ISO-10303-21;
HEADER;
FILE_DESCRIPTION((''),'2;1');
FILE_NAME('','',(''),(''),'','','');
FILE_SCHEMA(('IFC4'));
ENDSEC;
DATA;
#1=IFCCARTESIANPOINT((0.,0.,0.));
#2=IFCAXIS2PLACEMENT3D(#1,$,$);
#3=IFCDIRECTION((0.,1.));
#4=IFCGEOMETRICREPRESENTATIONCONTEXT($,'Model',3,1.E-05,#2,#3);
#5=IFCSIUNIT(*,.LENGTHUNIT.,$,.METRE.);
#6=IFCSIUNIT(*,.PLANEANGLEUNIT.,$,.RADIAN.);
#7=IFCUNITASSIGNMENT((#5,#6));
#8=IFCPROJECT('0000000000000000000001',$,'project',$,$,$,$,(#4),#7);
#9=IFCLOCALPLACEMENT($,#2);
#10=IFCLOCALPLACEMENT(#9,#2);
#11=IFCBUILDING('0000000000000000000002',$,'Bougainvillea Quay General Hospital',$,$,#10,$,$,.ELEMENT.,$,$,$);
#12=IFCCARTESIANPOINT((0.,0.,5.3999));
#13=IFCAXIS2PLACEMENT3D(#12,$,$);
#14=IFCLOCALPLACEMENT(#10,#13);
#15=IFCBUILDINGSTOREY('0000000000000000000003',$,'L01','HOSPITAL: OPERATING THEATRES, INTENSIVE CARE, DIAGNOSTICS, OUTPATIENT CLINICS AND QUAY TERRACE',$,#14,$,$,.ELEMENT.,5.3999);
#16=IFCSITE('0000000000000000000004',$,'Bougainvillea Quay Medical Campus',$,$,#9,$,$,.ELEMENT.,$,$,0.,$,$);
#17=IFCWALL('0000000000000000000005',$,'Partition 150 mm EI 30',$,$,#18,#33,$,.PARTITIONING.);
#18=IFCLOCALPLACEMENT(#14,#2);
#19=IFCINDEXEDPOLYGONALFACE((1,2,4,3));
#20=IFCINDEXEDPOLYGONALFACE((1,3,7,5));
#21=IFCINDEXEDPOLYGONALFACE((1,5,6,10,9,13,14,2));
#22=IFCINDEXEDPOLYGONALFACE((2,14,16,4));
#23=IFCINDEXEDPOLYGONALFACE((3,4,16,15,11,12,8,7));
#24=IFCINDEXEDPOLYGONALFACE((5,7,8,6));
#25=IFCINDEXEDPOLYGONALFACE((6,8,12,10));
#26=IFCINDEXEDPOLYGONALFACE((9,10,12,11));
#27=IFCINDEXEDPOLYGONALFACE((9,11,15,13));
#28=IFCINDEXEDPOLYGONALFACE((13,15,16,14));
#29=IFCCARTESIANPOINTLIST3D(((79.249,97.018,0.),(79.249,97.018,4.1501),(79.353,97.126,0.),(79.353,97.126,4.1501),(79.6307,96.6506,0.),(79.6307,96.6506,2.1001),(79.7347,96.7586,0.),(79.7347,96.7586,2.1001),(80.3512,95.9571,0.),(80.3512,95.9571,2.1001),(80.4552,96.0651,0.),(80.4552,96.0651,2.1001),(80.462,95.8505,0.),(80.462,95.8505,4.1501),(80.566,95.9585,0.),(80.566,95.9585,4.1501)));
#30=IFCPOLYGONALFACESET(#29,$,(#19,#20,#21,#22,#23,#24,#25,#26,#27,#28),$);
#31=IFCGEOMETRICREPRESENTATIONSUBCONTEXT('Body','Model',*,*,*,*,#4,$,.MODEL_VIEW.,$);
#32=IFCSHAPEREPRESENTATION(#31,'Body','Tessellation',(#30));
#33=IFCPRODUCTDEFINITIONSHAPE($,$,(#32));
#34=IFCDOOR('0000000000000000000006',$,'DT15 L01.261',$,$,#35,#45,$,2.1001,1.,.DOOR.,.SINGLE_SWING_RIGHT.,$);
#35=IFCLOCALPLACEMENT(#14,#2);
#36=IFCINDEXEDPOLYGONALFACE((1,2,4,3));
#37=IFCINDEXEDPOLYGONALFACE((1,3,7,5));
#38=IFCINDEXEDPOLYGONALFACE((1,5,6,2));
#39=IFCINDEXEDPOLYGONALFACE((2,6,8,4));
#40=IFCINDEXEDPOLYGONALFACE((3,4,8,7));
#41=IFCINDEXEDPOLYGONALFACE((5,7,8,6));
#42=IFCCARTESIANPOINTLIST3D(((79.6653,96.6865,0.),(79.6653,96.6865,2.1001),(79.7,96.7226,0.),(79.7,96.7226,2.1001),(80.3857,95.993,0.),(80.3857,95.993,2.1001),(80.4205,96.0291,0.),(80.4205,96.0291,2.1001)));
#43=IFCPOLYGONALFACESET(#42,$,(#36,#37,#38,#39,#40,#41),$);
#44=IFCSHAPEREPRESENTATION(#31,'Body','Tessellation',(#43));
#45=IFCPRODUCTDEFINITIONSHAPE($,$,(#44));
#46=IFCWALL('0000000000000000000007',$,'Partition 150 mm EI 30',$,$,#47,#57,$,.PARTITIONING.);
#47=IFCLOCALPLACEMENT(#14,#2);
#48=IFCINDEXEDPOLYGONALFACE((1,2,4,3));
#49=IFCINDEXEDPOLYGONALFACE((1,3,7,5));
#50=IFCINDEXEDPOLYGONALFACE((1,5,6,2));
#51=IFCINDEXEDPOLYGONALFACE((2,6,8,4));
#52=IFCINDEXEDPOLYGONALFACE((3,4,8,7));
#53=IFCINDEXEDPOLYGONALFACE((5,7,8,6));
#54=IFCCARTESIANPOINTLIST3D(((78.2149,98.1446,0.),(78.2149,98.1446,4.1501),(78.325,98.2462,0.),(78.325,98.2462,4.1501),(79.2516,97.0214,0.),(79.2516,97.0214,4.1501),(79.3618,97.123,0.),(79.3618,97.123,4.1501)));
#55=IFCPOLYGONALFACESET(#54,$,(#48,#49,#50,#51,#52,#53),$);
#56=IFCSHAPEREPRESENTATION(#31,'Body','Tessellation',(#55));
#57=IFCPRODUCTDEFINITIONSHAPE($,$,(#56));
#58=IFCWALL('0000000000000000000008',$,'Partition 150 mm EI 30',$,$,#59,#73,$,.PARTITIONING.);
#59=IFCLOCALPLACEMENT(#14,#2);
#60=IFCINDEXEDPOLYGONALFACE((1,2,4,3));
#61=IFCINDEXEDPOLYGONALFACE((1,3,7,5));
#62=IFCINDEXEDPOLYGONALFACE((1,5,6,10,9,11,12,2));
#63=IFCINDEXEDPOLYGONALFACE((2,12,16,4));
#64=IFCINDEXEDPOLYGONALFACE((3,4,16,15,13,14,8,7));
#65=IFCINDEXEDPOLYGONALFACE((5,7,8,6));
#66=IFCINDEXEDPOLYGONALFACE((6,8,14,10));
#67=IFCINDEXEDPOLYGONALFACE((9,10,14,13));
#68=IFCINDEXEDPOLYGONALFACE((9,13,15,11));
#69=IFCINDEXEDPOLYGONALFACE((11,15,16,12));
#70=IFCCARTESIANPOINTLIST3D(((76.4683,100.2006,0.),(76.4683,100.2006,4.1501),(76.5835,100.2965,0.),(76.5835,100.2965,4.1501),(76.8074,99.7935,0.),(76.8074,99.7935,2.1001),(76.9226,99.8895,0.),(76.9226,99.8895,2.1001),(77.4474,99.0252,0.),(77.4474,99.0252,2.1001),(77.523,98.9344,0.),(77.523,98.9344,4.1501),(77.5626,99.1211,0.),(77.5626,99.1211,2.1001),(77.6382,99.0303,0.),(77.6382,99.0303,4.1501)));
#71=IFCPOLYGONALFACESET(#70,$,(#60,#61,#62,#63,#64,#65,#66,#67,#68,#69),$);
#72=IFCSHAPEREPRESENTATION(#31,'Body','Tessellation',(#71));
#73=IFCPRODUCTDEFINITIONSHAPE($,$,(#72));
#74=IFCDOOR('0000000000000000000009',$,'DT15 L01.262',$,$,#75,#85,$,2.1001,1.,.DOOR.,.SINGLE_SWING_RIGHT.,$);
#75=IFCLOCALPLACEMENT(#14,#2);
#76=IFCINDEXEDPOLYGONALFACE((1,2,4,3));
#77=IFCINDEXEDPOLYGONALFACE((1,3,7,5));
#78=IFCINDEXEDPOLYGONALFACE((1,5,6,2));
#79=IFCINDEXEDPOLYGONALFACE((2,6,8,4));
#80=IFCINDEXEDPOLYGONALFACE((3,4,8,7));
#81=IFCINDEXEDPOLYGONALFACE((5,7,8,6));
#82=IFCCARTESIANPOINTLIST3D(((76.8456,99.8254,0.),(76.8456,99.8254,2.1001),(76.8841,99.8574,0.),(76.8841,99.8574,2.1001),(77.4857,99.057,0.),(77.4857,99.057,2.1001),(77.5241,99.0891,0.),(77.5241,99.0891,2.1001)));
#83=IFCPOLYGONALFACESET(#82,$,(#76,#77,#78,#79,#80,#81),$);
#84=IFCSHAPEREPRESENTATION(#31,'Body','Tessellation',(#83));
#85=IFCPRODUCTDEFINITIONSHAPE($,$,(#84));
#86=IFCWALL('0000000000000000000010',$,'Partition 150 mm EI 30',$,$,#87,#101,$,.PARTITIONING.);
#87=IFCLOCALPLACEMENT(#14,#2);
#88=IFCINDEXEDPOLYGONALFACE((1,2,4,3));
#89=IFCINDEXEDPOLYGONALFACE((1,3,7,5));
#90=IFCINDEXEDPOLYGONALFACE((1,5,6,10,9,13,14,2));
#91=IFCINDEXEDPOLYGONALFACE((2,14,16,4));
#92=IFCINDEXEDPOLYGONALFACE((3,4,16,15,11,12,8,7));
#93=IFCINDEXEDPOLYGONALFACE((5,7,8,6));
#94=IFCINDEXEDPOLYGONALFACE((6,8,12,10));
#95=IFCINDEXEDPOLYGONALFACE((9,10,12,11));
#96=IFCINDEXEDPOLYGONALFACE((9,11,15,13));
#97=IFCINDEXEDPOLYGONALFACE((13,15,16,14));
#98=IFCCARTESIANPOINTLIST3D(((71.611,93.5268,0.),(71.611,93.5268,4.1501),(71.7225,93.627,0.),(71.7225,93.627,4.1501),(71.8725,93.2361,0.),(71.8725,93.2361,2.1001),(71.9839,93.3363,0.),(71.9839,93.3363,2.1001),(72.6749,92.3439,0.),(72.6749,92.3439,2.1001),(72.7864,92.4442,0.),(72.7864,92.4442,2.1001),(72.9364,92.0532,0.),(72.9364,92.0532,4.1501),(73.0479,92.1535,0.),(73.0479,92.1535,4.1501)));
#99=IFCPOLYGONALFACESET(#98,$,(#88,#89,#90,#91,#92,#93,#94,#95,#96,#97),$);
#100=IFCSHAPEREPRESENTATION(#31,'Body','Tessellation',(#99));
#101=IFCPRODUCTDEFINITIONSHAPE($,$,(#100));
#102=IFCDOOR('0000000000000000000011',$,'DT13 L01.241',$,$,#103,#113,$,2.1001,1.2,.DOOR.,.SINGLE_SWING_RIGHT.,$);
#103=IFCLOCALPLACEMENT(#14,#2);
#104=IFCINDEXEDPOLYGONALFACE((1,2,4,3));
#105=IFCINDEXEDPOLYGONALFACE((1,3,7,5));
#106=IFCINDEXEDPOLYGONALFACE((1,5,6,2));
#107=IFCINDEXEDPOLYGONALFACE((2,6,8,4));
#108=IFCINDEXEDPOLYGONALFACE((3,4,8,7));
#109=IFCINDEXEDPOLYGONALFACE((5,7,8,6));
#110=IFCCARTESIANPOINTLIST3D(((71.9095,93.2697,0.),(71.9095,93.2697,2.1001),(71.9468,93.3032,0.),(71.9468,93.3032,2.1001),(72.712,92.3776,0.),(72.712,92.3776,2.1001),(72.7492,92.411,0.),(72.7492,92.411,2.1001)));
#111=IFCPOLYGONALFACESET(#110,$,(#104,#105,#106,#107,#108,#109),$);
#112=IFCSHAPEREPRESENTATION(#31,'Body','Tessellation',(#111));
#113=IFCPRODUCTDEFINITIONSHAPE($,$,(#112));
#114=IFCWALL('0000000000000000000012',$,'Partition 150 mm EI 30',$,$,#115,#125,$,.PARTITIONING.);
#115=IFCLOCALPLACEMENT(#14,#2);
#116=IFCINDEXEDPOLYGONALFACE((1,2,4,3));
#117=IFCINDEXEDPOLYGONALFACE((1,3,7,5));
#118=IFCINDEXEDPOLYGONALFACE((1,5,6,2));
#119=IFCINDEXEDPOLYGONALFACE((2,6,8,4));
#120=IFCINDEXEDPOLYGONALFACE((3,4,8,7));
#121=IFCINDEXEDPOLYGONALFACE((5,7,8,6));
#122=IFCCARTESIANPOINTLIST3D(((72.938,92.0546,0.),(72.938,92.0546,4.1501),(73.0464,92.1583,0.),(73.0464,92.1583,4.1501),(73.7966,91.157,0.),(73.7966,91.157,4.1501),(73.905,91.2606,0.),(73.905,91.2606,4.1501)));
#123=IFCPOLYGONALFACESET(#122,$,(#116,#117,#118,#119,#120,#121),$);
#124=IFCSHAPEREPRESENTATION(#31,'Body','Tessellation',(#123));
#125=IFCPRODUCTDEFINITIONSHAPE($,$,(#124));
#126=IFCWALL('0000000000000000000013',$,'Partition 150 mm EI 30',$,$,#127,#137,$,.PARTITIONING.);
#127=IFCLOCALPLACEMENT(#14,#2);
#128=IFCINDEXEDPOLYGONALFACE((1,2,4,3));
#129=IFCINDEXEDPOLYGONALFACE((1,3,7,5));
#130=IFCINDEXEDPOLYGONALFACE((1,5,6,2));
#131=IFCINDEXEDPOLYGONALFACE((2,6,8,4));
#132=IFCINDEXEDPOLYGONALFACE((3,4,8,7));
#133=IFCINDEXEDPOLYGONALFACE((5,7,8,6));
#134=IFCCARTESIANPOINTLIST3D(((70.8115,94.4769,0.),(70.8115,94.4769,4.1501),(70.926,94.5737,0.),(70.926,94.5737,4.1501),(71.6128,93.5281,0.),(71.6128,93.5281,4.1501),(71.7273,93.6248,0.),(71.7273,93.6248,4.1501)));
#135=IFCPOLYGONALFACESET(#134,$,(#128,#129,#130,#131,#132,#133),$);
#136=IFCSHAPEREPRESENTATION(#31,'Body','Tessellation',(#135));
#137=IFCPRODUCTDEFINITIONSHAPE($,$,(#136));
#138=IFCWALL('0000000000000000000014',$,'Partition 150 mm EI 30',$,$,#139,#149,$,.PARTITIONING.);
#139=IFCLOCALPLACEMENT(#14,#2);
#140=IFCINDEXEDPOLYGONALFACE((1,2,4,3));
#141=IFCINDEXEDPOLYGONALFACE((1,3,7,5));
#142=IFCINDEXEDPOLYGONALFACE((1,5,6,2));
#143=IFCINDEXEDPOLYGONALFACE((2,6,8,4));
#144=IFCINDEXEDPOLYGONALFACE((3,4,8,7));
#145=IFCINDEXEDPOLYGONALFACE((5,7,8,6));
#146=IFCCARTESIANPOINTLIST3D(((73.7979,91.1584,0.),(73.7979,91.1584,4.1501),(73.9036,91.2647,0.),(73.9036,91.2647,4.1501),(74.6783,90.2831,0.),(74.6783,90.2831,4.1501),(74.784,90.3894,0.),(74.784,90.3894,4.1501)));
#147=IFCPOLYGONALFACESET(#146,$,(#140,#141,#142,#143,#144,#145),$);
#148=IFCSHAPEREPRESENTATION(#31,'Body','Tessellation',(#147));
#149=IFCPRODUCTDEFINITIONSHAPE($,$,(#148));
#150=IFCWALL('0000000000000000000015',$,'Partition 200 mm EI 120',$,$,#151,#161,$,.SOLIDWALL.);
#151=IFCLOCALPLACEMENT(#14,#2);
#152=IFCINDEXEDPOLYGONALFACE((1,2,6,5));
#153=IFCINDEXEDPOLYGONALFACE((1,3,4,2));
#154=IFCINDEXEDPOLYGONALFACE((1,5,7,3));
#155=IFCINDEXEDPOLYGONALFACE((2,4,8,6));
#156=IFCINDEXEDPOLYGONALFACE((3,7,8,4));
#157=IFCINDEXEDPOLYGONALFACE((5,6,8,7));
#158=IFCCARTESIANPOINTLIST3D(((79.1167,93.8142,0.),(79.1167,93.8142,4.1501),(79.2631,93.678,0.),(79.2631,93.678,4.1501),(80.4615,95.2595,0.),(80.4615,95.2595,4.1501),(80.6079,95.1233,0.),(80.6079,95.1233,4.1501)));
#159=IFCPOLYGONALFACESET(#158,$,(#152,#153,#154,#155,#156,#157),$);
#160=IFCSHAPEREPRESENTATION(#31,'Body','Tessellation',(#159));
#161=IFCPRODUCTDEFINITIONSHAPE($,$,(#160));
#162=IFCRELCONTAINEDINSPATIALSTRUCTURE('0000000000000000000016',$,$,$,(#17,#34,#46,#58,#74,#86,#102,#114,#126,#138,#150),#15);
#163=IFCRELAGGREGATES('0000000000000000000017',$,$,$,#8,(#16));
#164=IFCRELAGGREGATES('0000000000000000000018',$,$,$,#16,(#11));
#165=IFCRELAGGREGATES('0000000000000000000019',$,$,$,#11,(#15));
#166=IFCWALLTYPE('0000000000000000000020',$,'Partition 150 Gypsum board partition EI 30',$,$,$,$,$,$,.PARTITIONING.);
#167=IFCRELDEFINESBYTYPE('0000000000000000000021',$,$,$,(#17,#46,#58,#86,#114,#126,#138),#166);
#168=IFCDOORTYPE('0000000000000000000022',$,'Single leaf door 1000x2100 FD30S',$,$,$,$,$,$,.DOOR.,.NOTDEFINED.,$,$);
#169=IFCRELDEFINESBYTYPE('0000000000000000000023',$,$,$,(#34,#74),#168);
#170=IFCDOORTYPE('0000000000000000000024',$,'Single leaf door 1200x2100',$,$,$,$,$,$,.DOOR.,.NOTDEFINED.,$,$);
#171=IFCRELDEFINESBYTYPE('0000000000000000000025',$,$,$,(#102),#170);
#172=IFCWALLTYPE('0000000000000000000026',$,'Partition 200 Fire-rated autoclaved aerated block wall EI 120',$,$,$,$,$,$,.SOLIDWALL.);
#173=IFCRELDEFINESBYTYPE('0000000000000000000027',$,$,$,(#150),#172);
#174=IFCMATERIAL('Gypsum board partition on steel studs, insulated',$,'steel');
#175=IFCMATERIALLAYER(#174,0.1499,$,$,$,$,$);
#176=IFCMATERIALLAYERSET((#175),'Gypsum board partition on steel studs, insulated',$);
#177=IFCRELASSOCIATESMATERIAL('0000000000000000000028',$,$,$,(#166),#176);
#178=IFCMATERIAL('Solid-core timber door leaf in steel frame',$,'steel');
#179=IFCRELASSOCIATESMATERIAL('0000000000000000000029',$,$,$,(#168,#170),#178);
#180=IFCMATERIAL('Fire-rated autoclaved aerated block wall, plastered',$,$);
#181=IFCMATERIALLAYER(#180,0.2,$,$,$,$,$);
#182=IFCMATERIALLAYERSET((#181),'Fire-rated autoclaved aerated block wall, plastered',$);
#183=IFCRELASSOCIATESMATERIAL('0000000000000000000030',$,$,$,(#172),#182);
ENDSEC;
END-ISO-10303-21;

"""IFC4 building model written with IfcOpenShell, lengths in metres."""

from ifc_helpers import new_model, si_unit, direction, frame, frame_2d, origin, place, context, subcontext, project, spatial, rectangle, extrude, material, layer, layer_set, type_object, element, fill, save


model = new_model("IFC4")

# Units and contexts
model_context = context("Model", 3, precision=1e-05, world=origin(), true_north=direction((0.0, 1.0)))
body_context = subcontext(model_context, "Body", "Model", "MODEL_VIEW")
ifc_project = project(units=[si_unit("LENGTHUNIT", "METRE"), si_unit("PLANEANGLEUNIT", "RADIAN")], contexts=[model_context])

# Site, building, storey
site_placement = place(None, origin())
site = spatial("IfcSite", under=ifc_project, at=site_placement, Name="Bougainvillea Quay Medical Campus", CompositionType="ELEMENT", RefElevation=0.0)
building_placement = place(site_placement, origin())
building = spatial("IfcBuilding", under=site, at=building_placement, Name="Bougainvillea Quay General Hospital", CompositionType="ELEMENT")
storey_placement = place(building_placement, frame((0.0, 0.0, 5.3999)))
storey = spatial("IfcBuildingStorey", under=building, at=storey_placement, Name="L01", Description="HOSPITAL: OPERATING THEATRES, INTENSIVE CARE, DIAGNOSTICS, OUTPATIENT CLINICS AND QUAY TERRACE", CompositionType="ELEMENT", Elevation=5.3999)

# Shared definitions
ifc_material_1 = material(Name="Gypsum board partition on steel studs, insulated", Category="steel")
ifc_layer_1 = layer(ifc_material_1, 0.1499)
ifc_layer_set_1 = layer_set([ifc_layer_1], Name="Gypsum board partition on steel studs, insulated")
wall_type_1 = type_object("IfcWallType", Name="Partition 150 Gypsum board partition EI 30", PredefinedType="PARTITIONING", material=ifc_layer_set_1)

# Wall, opening, door
wall_1_placement = place(storey_placement, frame((79.301, 97.072, 0.0), z_axis=(0.0, 0.0, 1.0), x_axis=(0.720465, -0.693491, 0.0)))
wall_1 = element("IfcWall", 1, at=wall_1_placement, inside=storey, type_object=wall_type_1, Name="Partition 150 mm EI 30", PredefinedType="PARTITIONING", context=body_context, shape_type="SweptSolid", body=[
    extrude(rectangle(XDim=1.6836, YDim=0.1499, at=frame_2d((0.8418, 0.0))), origin(), (0.0, 0.0, 1.0), 4.1501),
])
opening_1_placement = place(wall_1_placement, frame((0.5298, 0.0, 0.0)))
opening_1 = element("IfcOpeningElement", 2, at=opening_1_placement, cuts=wall_1, PredefinedType="OPENING", context=body_context, shape_type="SweptSolid", body=[
    extrude(rectangle(XDim=1.0, YDim=2.1001, at=frame_2d((0.5, 1.05))), frame((0.0, 0.085, 0.0), z_axis=(0.0, -1.0, 0.0), x_axis=(1.0, 0.0, 0.0)), (0.0, 0.0, 1.0), 0.1699),
])
ifc_material_2 = material(Name="Solid-core timber door leaf in steel frame", Category="steel")
door_type_1 = type_object("IfcDoorType", Name="Single leaf door 1000x2100 FD30S", OperationType="NOTDEFINED", PredefinedType="DOOR", material=ifc_material_2)
door_1_placement = place(opening_1_placement, origin())
door_1 = element("IfcDoor", 3, at=door_1_placement, inside=storey, type_object=door_type_1, Name="DT15 L01.261", OperationType="SINGLE_SWING_RIGHT", OverallHeight=2.1001, OverallWidth=1.0, PredefinedType="DOOR", context=body_context, shape_type="SweptSolid", body=[
    extrude(rectangle(XDim=1.0, YDim=2.1001, at=frame_2d((0.5, 1.05))), frame((0.0, 0.0249, 0.0), z_axis=(0.0, -1.0, 0.0), x_axis=(1.0, 0.0, 0.0)), (0.0, 0.0, 1.0), 0.05),
])
fill(opening_1, door_1)

# Wall
wall_2_placement = place(storey_placement, frame((78.27, 98.1953, 0.0), z_axis=(0.0, 0.0, 1.0), x_axis=(0.678273, -0.73481, 0.0)))
element("IfcWall", 4, at=wall_2_placement, inside=storey, type_object=wall_type_1, Name="Partition 150 mm EI 30", PredefinedType="PARTITIONING", context=body_context, shape_type="SweptSolid", body=[
    extrude(rectangle(XDim=1.5286, YDim=0.1499, at=frame_2d((0.7642, 0.0))), origin(), (0.0, 0.0, 1.0), 4.1501),
])

# Walls, openings, doors
wall_3_placement = place(storey_placement, frame((76.5259, 100.2485, 0.0), z_axis=(0.0, 0.0, 1.0), x_axis=(0.640039, -0.768343, 0.0)))
wall_3 = element("IfcWall", 5, at=wall_3_placement, inside=storey, type_object=wall_type_1, Name="Partition 150 mm EI 30", PredefinedType="PARTITIONING", context=body_context, shape_type="SweptSolid", body=[
    extrude(rectangle(XDim=1.6479, YDim=0.1499, at=frame_2d((0.824, 0.0))), origin(), (0.0, 0.0, 1.0), 4.1501),
])
opening_2_placement = place(wall_3_placement, frame((0.5298, 0.0, 0.0)))
opening_2 = element("IfcOpeningElement", 6, at=opening_2_placement, cuts=wall_3, PredefinedType="OPENING", context=body_context, shape_type="SweptSolid", body=[
    extrude(rectangle(XDim=1.0, YDim=2.1001, at=frame_2d((0.5, 1.05))), frame((0.0, 0.085, 0.0), z_axis=(0.0, -1.0, 0.0), x_axis=(1.0, 0.0, 0.0)), (0.0, 0.0, 1.0), 0.1699),
])
door_2_placement = place(opening_2_placement, origin())
door_2 = element("IfcDoor", 7, at=door_2_placement, inside=storey, type_object=door_type_1, Name="DT15 L01.262", OperationType="SINGLE_SWING_RIGHT", OverallHeight=2.1001, OverallWidth=1.0, PredefinedType="DOOR", context=body_context, shape_type="SweptSolid", body=[
    extrude(rectangle(XDim=1.0, YDim=2.1001, at=frame_2d((0.5, 1.05))), frame((0.0, 0.0249, 0.0), z_axis=(0.0, -1.0, 0.0), x_axis=(1.0, 0.0, 0.0)), (0.0, 0.0, 1.0), 0.05),
])
fill(opening_2, door_2)
wall_4_placement = place(storey_placement, frame((71.6667, 93.5769, 0.0), z_axis=(0.0, 0.0, 1.0), x_axis=(0.668733, -0.743502, 0.0)))
wall_4 = element("IfcWall", 8, at=wall_4_placement, inside=storey, type_object=wall_type_1, Name="Partition 150 mm EI 30", PredefinedType="PARTITIONING", context=body_context, shape_type="SweptSolid", body=[
    extrude(rectangle(XDim=1.9819, YDim=0.1499, at=frame_2d((0.991, 0.0))), origin(), (0.0, 0.0, 1.0), 4.1501),
])
opening_3_placement = place(wall_4_placement, frame((0.3909, 0.0, 0.0)))
opening_3 = element("IfcOpeningElement", 9, at=opening_3_placement, cuts=wall_4, PredefinedType="OPENING", context=body_context, shape_type="SweptSolid", body=[
    extrude(rectangle(XDim=1.2, YDim=2.1001, at=frame_2d((0.6001, 1.05))), frame((0.0, 0.085, 0.0), z_axis=(0.0, -1.0, 0.0), x_axis=(1.0, 0.0, 0.0)), (0.0, 0.0, 1.0), 0.1699),
])
door_type_2 = type_object("IfcDoorType", Name="Single leaf door 1200x2100", OperationType="NOTDEFINED", PredefinedType="DOOR", material=ifc_material_2)
door_3_placement = place(opening_3_placement, frame((1.2, 0.0, 0.0), z_axis=(0.0, 0.0, 1.0), x_axis=(-1.0, 0.0, 0.0)))
door_3 = element("IfcDoor", 10, at=door_3_placement, inside=storey, type_object=door_type_2, Name="DT13 L01.241", OperationType="SINGLE_SWING_RIGHT", OverallHeight=2.1001, OverallWidth=1.2, PredefinedType="DOOR", context=body_context, shape_type="SweptSolid", body=[
    extrude(rectangle(XDim=1.2, YDim=2.1001, at=frame_2d((0.6001, 1.05))), frame((0.0, 0.0249, 0.0), z_axis=(0.0, -1.0, 0.0), x_axis=(1.0, 0.0, 0.0)), (0.0, 0.0, 1.0), 0.05),
])
fill(opening_3, door_3)

# Walls
wall_5_placement = place(storey_placement, frame((72.9922, 92.1064, 0.0), z_axis=(0.0, 0.0, 1.0), x_axis=(0.691209, -0.722655, 0.0)))
element("IfcWall", 11, at=wall_5_placement, inside=storey, type_object=wall_type_1, Name="Partition 150 mm EI 30", PredefinedType="PARTITIONING", context=body_context, shape_type="SweptSolid", body=[
    extrude(rectangle(XDim=1.2422, YDim=0.1499, at=frame_2d((0.6211, 0.0))), origin(), (0.0, 0.0, 1.0), 4.1501),
])
wall_6_placement = place(storey_placement, frame((70.8687, 94.5254, 0.0), z_axis=(0.0, 0.0, 1.0), x_axis=(0.645237, -0.763983, 0.0)))
element("IfcWall", 12, at=wall_6_placement, inside=storey, type_object=wall_type_1, Name="Partition 150 mm EI 30", PredefinedType="PARTITIONING", context=body_context, shape_type="SweptSolid", body=[
    extrude(rectangle(XDim=1.2419, YDim=0.1499, at=frame_2d((0.6211, 0.0))), origin(), (0.0, 0.0, 1.0), 4.1501),
])
wall_7_placement = place(storey_placement, frame((73.8508, 91.2114, 0.0), z_axis=(0.0, 0.0, 1.0), x_axis=(0.709169, -0.705039, 0.0)))
element("IfcWall", 13, at=wall_7_placement, inside=storey, type_object=wall_type_1, Name="Partition 150 mm EI 30", PredefinedType="PARTITIONING", context=body_context, shape_type="SweptSolid", body=[
    extrude(rectangle(XDim=1.2415, YDim=0.1499, at=frame_2d((0.6206, 0.0))), origin(), (0.0, 0.0, 1.0), 4.1501),
])
ifc_material_3 = material(Name="Fire-rated autoclaved aerated block wall, plastered")
ifc_layer_2 = layer(ifc_material_3, 0.2)
ifc_layer_set_2 = layer_set([ifc_layer_2], Name="Fire-rated autoclaved aerated block wall, plastered")
wall_type_2 = type_object("IfcWallType", Name="Partition 200 Fire-rated autoclaved aerated block wall EI 120", PredefinedType="SOLIDWALL", material=ifc_layer_set_2)
wall_8_placement = place(storey_placement, frame((79.1899, 93.7461, 0.0), z_axis=(0.0, 0.0, 1.0), x_axis=(0.681172, 0.732124, 0.0)))
element("IfcWall", 14, at=wall_8_placement, inside=storey, type_object=wall_type_2, Name="Partition 200 mm EI 120", PredefinedType="SOLIDWALL", context=body_context, shape_type="SweptSolid", body=[
    extrude(rectangle(XDim=1.9741, YDim=0.2, at=frame_2d((0.9871, 0.0))), origin(), (0.0, 0.0, 1.0), 4.1501),
])

save(model, "model.ifc")
